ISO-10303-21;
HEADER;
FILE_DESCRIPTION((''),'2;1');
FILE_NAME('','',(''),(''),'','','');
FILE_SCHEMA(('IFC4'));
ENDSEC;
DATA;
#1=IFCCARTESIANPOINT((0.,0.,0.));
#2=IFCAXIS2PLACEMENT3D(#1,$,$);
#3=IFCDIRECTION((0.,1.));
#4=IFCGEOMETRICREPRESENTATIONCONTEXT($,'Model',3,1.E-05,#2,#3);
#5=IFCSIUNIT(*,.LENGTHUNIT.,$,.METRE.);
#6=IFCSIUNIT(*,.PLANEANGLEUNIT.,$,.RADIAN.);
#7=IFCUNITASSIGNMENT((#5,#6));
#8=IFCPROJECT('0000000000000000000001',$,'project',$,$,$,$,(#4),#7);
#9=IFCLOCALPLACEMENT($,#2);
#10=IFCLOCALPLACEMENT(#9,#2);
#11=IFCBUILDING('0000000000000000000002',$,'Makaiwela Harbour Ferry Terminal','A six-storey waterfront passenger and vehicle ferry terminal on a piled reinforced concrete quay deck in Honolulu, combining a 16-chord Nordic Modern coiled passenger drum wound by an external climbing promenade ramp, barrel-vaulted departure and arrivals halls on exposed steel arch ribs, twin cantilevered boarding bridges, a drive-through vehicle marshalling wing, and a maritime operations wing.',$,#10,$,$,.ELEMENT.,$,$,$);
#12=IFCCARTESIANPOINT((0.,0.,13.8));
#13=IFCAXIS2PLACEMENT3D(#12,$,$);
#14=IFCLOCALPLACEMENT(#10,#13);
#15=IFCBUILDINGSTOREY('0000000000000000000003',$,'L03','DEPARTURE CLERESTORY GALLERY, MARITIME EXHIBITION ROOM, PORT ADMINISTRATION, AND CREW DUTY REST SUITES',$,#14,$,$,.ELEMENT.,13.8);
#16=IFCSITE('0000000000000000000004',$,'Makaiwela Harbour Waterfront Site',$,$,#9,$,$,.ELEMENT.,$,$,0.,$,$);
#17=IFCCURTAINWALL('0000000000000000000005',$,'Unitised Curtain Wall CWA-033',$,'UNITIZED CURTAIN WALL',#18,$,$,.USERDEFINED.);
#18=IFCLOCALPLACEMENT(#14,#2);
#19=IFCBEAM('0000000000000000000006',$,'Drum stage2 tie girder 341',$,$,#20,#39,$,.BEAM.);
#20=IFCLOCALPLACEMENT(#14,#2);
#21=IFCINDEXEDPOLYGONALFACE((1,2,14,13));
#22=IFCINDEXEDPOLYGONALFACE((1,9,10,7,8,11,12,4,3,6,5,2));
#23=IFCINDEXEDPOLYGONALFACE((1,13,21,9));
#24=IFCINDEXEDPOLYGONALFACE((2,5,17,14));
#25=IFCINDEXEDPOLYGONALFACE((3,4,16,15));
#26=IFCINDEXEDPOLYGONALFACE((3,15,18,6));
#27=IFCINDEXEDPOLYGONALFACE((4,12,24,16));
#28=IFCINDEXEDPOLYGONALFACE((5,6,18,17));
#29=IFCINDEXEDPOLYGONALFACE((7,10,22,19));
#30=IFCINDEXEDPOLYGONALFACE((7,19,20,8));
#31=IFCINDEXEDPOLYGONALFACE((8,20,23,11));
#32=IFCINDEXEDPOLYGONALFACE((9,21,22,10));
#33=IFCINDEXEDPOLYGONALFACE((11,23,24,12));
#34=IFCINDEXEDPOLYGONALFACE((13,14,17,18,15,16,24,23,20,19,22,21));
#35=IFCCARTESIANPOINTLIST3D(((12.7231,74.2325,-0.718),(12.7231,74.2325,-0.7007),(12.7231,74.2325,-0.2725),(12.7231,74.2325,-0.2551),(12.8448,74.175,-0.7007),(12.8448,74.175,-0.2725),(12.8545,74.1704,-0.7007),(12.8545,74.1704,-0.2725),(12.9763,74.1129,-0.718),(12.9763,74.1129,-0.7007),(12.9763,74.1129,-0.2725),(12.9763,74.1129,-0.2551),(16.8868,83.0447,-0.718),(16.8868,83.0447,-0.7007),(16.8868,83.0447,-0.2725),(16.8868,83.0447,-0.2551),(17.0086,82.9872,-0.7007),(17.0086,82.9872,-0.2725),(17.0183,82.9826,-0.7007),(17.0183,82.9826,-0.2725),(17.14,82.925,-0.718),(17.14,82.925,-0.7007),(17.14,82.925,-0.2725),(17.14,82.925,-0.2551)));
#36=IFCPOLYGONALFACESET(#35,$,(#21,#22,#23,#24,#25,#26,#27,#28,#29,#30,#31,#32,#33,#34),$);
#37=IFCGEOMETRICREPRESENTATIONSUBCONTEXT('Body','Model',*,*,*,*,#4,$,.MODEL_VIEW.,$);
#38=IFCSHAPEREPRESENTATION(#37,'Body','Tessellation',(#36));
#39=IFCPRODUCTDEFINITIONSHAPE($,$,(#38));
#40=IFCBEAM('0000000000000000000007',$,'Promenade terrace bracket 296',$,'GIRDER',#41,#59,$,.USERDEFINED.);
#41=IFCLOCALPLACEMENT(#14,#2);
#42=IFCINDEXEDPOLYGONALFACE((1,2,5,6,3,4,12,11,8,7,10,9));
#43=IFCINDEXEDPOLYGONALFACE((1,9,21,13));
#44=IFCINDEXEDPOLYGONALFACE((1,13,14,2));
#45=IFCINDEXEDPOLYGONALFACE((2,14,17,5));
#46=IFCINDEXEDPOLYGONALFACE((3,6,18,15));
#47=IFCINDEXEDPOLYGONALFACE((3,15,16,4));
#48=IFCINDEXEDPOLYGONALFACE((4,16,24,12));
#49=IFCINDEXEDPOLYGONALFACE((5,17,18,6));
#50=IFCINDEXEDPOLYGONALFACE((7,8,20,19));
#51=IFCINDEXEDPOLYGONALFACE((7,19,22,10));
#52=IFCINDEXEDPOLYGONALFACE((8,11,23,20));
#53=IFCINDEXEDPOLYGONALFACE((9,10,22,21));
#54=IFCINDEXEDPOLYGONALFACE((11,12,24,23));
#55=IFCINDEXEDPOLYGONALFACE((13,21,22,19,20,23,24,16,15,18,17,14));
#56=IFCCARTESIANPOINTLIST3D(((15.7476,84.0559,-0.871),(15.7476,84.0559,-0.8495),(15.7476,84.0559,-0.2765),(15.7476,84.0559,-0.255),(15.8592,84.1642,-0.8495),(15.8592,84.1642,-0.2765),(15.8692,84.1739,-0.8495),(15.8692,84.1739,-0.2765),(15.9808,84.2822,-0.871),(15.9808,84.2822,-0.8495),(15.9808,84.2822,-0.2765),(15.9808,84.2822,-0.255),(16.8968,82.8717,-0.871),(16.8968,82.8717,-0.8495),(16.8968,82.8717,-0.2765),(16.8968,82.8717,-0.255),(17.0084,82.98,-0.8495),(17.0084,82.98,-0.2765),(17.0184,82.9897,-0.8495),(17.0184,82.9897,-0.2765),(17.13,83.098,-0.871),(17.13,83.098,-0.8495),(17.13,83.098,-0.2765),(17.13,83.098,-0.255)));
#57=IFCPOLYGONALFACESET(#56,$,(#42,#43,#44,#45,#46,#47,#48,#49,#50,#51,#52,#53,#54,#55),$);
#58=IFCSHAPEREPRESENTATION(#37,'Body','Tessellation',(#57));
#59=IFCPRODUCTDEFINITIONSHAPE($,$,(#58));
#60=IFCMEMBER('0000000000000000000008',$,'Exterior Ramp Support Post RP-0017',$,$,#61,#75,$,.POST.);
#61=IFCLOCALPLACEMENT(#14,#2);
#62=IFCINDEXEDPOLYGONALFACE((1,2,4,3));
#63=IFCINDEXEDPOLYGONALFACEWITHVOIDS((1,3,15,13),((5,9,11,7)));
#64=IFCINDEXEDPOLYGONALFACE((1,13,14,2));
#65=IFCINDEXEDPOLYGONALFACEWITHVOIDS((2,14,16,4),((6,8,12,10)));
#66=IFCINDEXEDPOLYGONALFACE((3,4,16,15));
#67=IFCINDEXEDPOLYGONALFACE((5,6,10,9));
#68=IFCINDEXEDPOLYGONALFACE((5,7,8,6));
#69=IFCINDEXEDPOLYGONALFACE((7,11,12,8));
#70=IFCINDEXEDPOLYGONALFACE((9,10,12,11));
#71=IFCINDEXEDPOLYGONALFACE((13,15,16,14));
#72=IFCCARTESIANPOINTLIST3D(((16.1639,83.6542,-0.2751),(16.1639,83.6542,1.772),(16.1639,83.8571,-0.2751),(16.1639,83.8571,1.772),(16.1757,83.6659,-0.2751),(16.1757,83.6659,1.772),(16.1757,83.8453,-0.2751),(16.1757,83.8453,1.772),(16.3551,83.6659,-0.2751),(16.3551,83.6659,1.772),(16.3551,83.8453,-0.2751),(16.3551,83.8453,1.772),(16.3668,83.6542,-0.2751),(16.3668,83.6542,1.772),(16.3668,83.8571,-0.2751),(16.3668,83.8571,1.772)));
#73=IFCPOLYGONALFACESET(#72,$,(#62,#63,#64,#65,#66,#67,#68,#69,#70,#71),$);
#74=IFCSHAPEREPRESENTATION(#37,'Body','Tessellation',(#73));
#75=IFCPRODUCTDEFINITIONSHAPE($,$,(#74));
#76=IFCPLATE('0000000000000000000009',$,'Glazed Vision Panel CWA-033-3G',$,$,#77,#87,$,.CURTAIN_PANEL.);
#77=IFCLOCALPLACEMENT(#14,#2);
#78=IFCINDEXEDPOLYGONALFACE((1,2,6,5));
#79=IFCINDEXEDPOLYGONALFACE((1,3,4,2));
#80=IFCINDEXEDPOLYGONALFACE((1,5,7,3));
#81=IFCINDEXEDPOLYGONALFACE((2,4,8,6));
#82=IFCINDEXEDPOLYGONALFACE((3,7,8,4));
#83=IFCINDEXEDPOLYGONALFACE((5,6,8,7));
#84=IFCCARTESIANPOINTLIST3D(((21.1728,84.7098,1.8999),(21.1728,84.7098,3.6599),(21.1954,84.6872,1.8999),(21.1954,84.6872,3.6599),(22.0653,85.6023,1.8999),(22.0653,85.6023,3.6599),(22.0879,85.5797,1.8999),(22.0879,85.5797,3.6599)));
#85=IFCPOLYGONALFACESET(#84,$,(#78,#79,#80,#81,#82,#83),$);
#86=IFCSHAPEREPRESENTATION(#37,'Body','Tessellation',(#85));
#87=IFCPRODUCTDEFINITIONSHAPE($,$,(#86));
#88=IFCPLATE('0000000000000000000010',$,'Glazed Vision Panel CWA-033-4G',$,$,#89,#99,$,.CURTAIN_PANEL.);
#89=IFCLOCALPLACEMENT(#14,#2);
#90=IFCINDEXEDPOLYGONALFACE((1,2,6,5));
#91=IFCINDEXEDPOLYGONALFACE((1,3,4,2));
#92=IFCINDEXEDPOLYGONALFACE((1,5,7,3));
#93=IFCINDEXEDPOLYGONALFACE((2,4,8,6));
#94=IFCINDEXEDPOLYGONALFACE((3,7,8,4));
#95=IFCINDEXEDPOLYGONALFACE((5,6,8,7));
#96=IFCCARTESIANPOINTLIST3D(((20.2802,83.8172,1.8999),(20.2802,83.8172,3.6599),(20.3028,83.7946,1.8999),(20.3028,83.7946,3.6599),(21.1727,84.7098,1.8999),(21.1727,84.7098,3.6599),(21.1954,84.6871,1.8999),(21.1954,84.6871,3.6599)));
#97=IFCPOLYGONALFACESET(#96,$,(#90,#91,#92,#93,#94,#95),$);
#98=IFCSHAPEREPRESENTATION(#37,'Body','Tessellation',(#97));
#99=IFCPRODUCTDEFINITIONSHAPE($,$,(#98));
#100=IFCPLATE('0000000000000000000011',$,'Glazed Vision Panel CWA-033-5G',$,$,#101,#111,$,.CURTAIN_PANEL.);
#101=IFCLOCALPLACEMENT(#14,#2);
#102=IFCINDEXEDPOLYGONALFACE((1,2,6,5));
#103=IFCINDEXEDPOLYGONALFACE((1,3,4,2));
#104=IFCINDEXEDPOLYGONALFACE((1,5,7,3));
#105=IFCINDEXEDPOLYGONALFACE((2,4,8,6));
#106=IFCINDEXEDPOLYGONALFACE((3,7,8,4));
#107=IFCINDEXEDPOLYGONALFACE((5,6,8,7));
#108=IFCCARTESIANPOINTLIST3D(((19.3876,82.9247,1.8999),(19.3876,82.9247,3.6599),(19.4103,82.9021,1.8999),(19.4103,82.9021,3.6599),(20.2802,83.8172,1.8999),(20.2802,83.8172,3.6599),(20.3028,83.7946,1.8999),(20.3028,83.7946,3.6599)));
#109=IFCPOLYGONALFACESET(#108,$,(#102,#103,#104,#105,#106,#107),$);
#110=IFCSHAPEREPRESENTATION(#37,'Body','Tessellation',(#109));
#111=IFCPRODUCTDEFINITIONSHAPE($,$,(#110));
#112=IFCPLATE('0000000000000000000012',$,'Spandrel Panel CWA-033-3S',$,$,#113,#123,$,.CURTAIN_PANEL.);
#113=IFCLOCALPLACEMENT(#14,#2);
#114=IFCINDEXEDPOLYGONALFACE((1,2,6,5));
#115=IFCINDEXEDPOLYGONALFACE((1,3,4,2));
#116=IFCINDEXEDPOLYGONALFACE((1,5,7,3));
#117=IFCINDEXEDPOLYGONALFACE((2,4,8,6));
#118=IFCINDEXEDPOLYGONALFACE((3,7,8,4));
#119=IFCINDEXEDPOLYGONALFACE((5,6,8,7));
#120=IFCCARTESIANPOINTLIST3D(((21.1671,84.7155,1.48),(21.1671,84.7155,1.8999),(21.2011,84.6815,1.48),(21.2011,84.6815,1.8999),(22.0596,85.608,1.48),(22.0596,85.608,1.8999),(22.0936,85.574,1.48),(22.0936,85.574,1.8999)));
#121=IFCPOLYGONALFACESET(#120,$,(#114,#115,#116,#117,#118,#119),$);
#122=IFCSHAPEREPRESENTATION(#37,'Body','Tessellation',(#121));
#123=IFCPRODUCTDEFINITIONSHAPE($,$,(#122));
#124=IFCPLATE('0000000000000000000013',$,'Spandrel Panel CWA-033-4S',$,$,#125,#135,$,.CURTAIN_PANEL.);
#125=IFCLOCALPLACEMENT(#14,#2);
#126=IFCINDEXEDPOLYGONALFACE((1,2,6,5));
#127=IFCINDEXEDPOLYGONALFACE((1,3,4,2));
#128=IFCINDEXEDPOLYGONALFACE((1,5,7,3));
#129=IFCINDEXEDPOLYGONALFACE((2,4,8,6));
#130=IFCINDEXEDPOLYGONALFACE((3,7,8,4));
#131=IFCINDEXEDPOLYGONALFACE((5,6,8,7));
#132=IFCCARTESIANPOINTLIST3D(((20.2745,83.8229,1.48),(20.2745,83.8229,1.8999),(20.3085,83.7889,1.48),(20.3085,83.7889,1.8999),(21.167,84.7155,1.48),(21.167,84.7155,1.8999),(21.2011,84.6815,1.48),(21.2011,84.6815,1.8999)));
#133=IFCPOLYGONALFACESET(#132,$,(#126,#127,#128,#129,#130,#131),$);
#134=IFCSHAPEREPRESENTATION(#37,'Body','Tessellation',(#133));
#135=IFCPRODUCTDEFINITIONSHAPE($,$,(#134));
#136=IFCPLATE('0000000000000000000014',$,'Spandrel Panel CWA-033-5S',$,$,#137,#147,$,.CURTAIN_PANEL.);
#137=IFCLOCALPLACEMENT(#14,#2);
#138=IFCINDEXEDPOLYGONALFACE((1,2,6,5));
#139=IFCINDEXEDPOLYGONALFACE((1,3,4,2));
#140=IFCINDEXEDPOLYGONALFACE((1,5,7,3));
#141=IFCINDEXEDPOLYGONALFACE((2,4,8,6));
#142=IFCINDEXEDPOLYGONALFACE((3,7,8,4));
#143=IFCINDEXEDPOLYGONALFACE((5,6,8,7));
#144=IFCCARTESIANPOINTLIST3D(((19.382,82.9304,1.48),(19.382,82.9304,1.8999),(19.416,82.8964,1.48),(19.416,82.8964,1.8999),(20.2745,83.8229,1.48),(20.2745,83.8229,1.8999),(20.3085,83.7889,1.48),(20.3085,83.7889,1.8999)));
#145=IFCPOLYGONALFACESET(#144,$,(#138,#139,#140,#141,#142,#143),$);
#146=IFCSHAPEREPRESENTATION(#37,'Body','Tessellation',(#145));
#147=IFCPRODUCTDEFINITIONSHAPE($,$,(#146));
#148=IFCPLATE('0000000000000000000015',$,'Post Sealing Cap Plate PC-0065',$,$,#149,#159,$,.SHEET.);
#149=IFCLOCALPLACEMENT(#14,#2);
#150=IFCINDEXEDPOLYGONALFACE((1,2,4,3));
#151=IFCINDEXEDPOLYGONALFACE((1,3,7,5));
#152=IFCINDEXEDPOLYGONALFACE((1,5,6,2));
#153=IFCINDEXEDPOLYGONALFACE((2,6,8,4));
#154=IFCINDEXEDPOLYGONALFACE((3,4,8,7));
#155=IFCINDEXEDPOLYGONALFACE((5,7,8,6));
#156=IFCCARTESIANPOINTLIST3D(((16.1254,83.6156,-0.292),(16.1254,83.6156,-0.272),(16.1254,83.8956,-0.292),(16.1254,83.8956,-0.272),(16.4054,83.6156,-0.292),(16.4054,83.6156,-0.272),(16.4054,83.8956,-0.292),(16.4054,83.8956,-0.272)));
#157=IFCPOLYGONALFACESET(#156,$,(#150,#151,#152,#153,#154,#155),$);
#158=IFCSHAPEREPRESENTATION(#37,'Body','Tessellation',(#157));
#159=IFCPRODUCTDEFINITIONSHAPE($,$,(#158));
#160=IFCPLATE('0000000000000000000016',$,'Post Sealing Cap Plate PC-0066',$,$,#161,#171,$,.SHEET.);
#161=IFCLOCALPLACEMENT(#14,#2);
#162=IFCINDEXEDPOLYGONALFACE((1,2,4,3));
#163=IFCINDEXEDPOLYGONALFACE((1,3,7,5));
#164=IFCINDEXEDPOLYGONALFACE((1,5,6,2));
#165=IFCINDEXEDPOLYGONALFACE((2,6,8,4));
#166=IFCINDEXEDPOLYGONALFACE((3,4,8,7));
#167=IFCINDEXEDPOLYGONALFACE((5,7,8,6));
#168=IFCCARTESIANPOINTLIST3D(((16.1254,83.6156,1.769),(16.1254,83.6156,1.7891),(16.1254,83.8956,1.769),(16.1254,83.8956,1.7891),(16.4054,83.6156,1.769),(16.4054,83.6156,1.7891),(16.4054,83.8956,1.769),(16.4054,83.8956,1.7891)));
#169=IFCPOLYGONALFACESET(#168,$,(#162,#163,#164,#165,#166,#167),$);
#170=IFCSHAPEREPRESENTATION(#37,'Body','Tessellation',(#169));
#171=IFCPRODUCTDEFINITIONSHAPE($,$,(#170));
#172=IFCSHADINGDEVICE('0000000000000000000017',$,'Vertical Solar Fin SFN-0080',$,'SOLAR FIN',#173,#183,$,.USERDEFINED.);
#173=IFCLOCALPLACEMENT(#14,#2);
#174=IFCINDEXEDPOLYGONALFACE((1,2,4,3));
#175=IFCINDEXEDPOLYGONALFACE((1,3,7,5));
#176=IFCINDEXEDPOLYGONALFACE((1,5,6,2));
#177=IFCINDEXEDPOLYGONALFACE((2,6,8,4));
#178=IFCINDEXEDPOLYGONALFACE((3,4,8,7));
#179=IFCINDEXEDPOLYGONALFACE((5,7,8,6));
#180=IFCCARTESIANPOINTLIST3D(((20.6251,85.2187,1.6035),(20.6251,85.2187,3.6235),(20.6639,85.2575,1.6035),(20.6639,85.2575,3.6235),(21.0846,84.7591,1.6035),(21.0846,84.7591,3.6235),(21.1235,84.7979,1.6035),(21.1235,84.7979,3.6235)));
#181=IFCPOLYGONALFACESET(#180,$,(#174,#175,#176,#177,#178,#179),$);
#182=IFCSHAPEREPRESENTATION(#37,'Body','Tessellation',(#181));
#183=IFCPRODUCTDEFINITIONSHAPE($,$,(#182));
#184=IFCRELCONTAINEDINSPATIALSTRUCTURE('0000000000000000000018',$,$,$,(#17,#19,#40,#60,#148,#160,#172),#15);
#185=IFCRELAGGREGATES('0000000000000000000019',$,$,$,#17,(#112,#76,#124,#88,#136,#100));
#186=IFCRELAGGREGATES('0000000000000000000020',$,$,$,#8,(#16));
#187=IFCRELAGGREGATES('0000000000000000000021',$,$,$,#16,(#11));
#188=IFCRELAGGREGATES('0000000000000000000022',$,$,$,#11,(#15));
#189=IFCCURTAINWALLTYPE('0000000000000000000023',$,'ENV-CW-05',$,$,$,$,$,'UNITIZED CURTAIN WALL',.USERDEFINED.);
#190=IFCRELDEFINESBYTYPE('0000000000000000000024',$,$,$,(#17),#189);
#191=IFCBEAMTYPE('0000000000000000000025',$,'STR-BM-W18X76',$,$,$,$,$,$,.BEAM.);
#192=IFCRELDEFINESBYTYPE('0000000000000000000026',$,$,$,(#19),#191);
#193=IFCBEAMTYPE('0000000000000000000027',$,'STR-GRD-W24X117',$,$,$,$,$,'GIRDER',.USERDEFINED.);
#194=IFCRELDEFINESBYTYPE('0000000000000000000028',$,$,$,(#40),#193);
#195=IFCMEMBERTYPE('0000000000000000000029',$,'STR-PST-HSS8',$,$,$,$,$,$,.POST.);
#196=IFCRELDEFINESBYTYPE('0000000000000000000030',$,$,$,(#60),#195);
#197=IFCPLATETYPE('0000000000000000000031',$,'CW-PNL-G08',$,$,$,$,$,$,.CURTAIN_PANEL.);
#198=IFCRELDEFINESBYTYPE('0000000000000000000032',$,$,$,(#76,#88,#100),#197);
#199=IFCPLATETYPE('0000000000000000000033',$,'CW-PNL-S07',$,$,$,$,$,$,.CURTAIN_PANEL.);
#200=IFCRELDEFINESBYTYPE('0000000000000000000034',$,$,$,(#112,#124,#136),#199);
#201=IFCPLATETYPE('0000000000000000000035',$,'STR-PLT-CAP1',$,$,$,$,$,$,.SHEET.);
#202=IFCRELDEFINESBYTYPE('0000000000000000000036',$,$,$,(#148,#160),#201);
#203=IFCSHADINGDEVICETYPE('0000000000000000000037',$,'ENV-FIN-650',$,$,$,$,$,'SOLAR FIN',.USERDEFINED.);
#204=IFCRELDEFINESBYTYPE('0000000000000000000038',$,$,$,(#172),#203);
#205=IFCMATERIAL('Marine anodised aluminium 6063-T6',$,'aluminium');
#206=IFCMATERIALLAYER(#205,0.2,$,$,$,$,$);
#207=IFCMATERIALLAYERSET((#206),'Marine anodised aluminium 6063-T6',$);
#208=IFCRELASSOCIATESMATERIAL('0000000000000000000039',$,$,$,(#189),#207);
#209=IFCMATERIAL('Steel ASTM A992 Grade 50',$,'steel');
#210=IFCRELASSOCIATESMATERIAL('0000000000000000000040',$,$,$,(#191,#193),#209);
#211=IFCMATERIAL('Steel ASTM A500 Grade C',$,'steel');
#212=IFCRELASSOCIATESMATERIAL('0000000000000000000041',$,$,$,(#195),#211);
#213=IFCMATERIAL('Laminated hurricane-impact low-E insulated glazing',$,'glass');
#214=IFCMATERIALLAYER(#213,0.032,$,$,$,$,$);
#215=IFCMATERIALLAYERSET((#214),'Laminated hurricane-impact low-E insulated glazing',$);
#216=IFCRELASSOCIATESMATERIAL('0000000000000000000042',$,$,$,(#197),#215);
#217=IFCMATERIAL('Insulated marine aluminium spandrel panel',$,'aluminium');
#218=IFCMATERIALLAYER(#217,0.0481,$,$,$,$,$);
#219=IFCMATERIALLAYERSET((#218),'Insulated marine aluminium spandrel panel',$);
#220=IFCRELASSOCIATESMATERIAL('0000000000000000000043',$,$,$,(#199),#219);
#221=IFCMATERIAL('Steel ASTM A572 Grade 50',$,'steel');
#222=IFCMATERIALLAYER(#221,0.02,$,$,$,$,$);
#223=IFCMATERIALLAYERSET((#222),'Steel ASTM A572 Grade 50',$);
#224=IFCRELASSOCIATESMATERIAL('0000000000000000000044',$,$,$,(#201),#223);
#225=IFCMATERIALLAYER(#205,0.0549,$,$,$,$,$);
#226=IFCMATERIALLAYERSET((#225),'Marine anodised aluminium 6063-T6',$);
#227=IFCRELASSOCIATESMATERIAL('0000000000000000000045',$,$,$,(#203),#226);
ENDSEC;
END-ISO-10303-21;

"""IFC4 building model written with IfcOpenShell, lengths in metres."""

from ifc_helpers import new_model, si_unit, direction, frame, origin, origin_2d, place, context, subcontext, project, spatial, rectangle, hollow_rectangle, i_section, extrude, material, layer, layer_set, material_profile, profile_set, type_object, element, aggregate, save


model = new_model("IFC4")

# Units and contexts
model_context = context("Model", 3, precision=1e-05, world=origin(), true_north=direction((0.0, 1.0)))
body_context = subcontext(model_context, "Body", "Model", "MODEL_VIEW")
ifc_project = project(units=[si_unit("LENGTHUNIT", "METRE"), si_unit("PLANEANGLEUNIT", "RADIAN")], contexts=[model_context])

# Site, building, storey
site_placement = place(None, origin())
site = spatial("IfcSite", under=ifc_project, at=site_placement, Name="Makaiwela Harbour Waterfront Site", CompositionType="ELEMENT", RefElevation=0.0)
building_placement = place(site_placement, origin())
building = spatial("IfcBuilding", under=site, at=building_placement, Name="Makaiwela Harbour Ferry Terminal", Description="A six-storey waterfront passenger and vehicle ferry terminal on a piled reinforced concrete quay deck in Honolulu, combining a 16-chord Nordic Modern coiled passenger drum wound by an external climbing promenade ramp, barrel-vaulted departure and arrivals halls on exposed steel arch ribs, twin cantilevered boarding bridges, a drive-through vehicle marshalling wing, and a maritime operations wing.", CompositionType="ELEMENT")
storey_placement = place(building_placement, frame((0.0, 0.0, 13.8)))
storey = spatial("IfcBuildingStorey", under=building, at=storey_placement, Name="L03", Description="DEPARTURE CLERESTORY GALLERY, MARITIME EXHIBITION ROOM, PORT ADMINISTRATION, AND CREW DUTY REST SUITES", CompositionType="ELEMENT", Elevation=13.8)

# Curtain wall
ifc_material_1 = material(Name="Marine anodised aluminium 6063-T6", Category="aluminium")
ifc_layer_1 = layer(ifc_material_1, 0.2)
ifc_layer_set_1 = layer_set([ifc_layer_1], Name="Marine anodised aluminium 6063-T6")
curtain_wall_type = type_object("IfcCurtainWallType", Name="ENV-CW-05", ElementType="UNITIZED CURTAIN WALL", PredefinedType="USERDEFINED", material=ifc_layer_set_1)
curtain_wall_placement = place(storey_placement, origin())
curtain_wall = element("IfcCurtainWall", 1, at=curtain_wall_placement, inside=storey, type_object=curtain_wall_type, Name="Unitised Curtain Wall CWA-033", ObjectType="UNITIZED CURTAIN WALL", PredefinedType="USERDEFINED")

# Beams
ifc_material_2 = material(Name="Steel ASTM A992 Grade 50", Category="steel")
ifc_material_profile_1 = material_profile(ifc_material_2, i_section(OverallWidth=0.28, OverallDepth=0.4629, WebThickness=0.0107, FlangeThickness=0.0173, at=origin_2d()), Name="W18X76")
ifc_profile_set_1 = profile_set([ifc_material_profile_1], Name="Steel ASTM A992 Grade 50")
beam_type_1 = type_object("IfcBeamType", Name="STR-BM-W18X76", PredefinedType="BEAM", material=ifc_profile_set_1)
beam_1_placement = place(storey_placement, frame((17.0134, 82.9849, -0.4866), z_axis=(-0.427214, -0.904151, 0.0), x_axis=(0.904151, -0.427214, 0.0)))
element("IfcBeam", 2, at=beam_1_placement, inside=storey, type_object=beam_type_1, Name="Drum stage2 tie girder 341", PredefinedType="BEAM", context=body_context, shape_type="SweptSolid", body=[
    extrude(i_section(OverallWidth=0.28, OverallDepth=0.4629, WebThickness=0.0107, FlangeThickness=0.0173, at=origin_2d()), origin(), (0.0, 0.0, 1.0), 9.7463),
])
ifc_material_profile_2 = material_profile(ifc_material_2, i_section(OverallWidth=0.325, OverallDepth=0.616, WebThickness=0.0139, FlangeThickness=0.0215, at=origin_2d()), Name="W24X117")
ifc_profile_set_2 = profile_set([ifc_material_profile_2], Name="Steel ASTM A992 Grade 50")
beam_type_2 = type_object("IfcBeamType", Name="STR-GRD-W24X117", ElementType="GIRDER", PredefinedType="USERDEFINED", material=ifc_profile_set_2)
beam_2_placement = place(storey_placement, frame((17.0134, 82.9849, -0.563), z_axis=(-0.696448, 0.717607, 0.0), x_axis=(-0.717607, -0.696448, 0.0)))
element("IfcBeam", 3, at=beam_2_placement, inside=storey, type_object=beam_type_2, Name="Promenade terrace bracket 296", ObjectType="GIRDER", PredefinedType="USERDEFINED", context=body_context, shape_type="SweptSolid", body=[
    extrude(i_section(OverallWidth=0.325, OverallDepth=0.616, WebThickness=0.0139, FlangeThickness=0.0215, at=origin_2d()), origin(), (0.0, 0.0, 1.0), 1.6501),
])

# Member
ifc_material_3 = material(Name="Steel ASTM A500 Grade C", Category="steel")
ifc_material_profile_3 = material_profile(ifc_material_3, hollow_rectangle(XDim=0.2029, YDim=0.2029, WallThickness=0.0117, at=origin_2d()), Name="HSS8X8X1/2")
ifc_profile_set_3 = profile_set([ifc_material_profile_3], Name="Steel ASTM A500 Grade C")
member_type_1 = type_object("IfcMemberType", Name="STR-PST-HSS8", PredefinedType="POST", material=ifc_profile_set_3)
member_1_placement = place(storey_placement, frame((16.2654, 83.7556, -0.2751), z_axis=(0.0, 0.0, 1.0), x_axis=(1.0, 0.0, 0.0)))
element("IfcMember", 4, at=member_1_placement, inside=storey, type_object=member_type_1, Name="Exterior Ramp Support Post RP-0017", PredefinedType="POST", context=body_context, shape_type="SweptSolid", body=[
    extrude(hollow_rectangle(XDim=0.2029, YDim=0.2029, WallThickness=0.0117, at=origin_2d()), origin(), (0.0, 0.0, 1.0), 2.0471),
])

# Plates
ifc_material_4 = material(Name="Laminated hurricane-impact low-E insulated glazing", Category="glass")
ifc_layer_2 = layer(ifc_material_4, 0.032)
ifc_layer_set_2 = layer_set([ifc_layer_2], Name="Laminated hurricane-impact low-E insulated glazing")
plate_type_1 = type_object("IfcPlateType", Name="CW-PNL-G08", PredefinedType="CURTAIN_PANEL", material=ifc_layer_set_2)
plate_1_placement = place(storey_placement, frame((21.6304, 85.1448, 1.8999), z_axis=(0.0, 0.0, 1.0), x_axis=(-0.707107, -0.707107, 0.0)))
plate_1 = element("IfcPlate", 5, at=plate_1_placement, type_object=plate_type_1, Name="Glazed Vision Panel CWA-033-3G", PredefinedType="CURTAIN_PANEL", context=body_context, shape_type="SweptSolid", body=[
    extrude(rectangle(XDim=1.2622, YDim=0.032, at=origin_2d()), origin(), (0.0, 0.0, 1.0), 1.76),
])
plate_2_placement = place(storey_placement, frame((20.7378, 84.2522, 1.8999), z_axis=(0.0, 0.0, 1.0), x_axis=(-0.707107, -0.707107, 0.0)))
plate_2 = element("IfcPlate", 6, at=plate_2_placement, type_object=plate_type_1, Name="Glazed Vision Panel CWA-033-4G", PredefinedType="CURTAIN_PANEL", context=body_context, shape_type="SweptSolid", body=[
    extrude(rectangle(XDim=1.2622, YDim=0.032, at=origin_2d()), origin(), (0.0, 0.0, 1.0), 1.76),
])
plate_3_placement = place(storey_placement, frame((19.8452, 83.3596, 1.8999), z_axis=(0.0, 0.0, 1.0), x_axis=(-0.707107, -0.707107, 0.0)))
plate_3 = element("IfcPlate", 7, at=plate_3_placement, type_object=plate_type_1, Name="Glazed Vision Panel CWA-033-5G", PredefinedType="CURTAIN_PANEL", context=body_context, shape_type="SweptSolid", body=[
    extrude(rectangle(XDim=1.2622, YDim=0.032, at=origin_2d()), origin(), (0.0, 0.0, 1.0), 1.76),
])
ifc_material_5 = material(Name="Insulated marine aluminium spandrel panel", Category="aluminium")
ifc_layer_3 = layer(ifc_material_5, 0.0481)
ifc_layer_set_3 = layer_set([ifc_layer_3], Name="Insulated marine aluminium spandrel panel")
plate_type_2 = type_object("IfcPlateType", Name="CW-PNL-S07", PredefinedType="CURTAIN_PANEL", material=ifc_layer_set_3)
plate_4_placement = place(storey_placement, frame((21.6304, 85.1448, 1.48), z_axis=(0.0, 0.0, 1.0), x_axis=(-0.707107, -0.707107, 0.0)))
plate_4 = element("IfcPlate", 8, at=plate_4_placement, type_object=plate_type_2, Name="Spandrel Panel CWA-033-3S", PredefinedType="CURTAIN_PANEL", context=body_context, shape_type="SweptSolid", body=[
    extrude(rectangle(XDim=1.2622, YDim=0.0481, at=origin_2d()), origin(), (0.0, 0.0, 1.0), 0.4199),
])
plate_5_placement = place(storey_placement, frame((20.7378, 84.2522, 1.48), z_axis=(0.0, 0.0, 1.0), x_axis=(-0.707107, -0.707107, 0.0)))
plate_5 = element("IfcPlate", 9, at=plate_5_placement, type_object=plate_type_2, Name="Spandrel Panel CWA-033-4S", PredefinedType="CURTAIN_PANEL", context=body_context, shape_type="SweptSolid", body=[
    extrude(rectangle(XDim=1.2622, YDim=0.0481, at=origin_2d()), origin(), (0.0, 0.0, 1.0), 0.4199),
])
plate_6_placement = place(storey_placement, frame((19.8452, 83.3596, 1.48), z_axis=(0.0, 0.0, 1.0), x_axis=(-0.707107, -0.707107, 0.0)))
plate_6 = element("IfcPlate", 10, at=plate_6_placement, type_object=plate_type_2, Name="Spandrel Panel CWA-033-5S", PredefinedType="CURTAIN_PANEL", context=body_context, shape_type="SweptSolid", body=[
    extrude(rectangle(XDim=1.2622, YDim=0.0481, at=origin_2d()), origin(), (0.0, 0.0, 1.0), 0.4199),
])
aggregate(curtain_wall, [plate_4, plate_1, plate_5, plate_2, plate_6, plate_3])

# Plates
ifc_material_6 = material(Name="Steel ASTM A572 Grade 50", Category="steel")
ifc_layer_4 = layer(ifc_material_6, 0.02)
ifc_layer_set_4 = layer_set([ifc_layer_4], Name="Steel ASTM A572 Grade 50")
plate_type_3 = type_object("IfcPlateType", Name="STR-PLT-CAP1", PredefinedType="SHEET", material=ifc_layer_set_4)
for number, where, z_axis, x_axis, name in (
    (11, (16.2654, 83.7556, -0.292), (0.0, 0.0, 1.0), (1.0, 0.0, 0.0), "Post Sealing Cap Plate PC-0065"),
    (12, (16.2654, 83.7556, 1.769), (0.0, 0.0, 1.0), (1.0, 0.0, 0.0), "Post Sealing Cap Plate PC-0066"),
):
    element("IfcPlate", number, at=place(storey_placement, frame(where, z_axis=z_axis, x_axis=x_axis)), inside=storey, type_object=plate_type_3, Name=name, PredefinedType="SHEET", context=body_context, shape_type="SweptSolid", body=[
        extrude(rectangle(XDim=0.28, YDim=0.28, at=origin_2d()), origin(), (0.0, 0.0, 1.0), 0.02),
    ])

# Shading device
ifc_layer_5 = layer(ifc_material_1, 0.0549)
ifc_layer_set_5 = layer_set([ifc_layer_5], Name="Marine anodised aluminium 6063-T6")
shading_device_type = type_object("IfcShadingDeviceType", Name="ENV-FIN-650", ElementType="SOLAR FIN", PredefinedType="USERDEFINED", material=ifc_layer_set_5)
for number, where, z_axis, x_axis, name in (
    (13, (20.8743, 85.0083, 1.6035), (0.0, 0.0, 1.0), (-0.707107, 0.707107, 0.0), "Vertical Solar Fin SFN-0080"),
):
    element("IfcShadingDevice", number, at=place(storey_placement, frame(where, z_axis=z_axis, x_axis=x_axis)), inside=storey, type_object=shading_device_type, Name=name, ObjectType="SOLAR FIN", PredefinedType="USERDEFINED", context=body_context, shape_type="SweptSolid", body=[
        extrude(rectangle(XDim=0.6499, YDim=0.0549, at=origin_2d()), origin(), (0.0, 0.0, 1.0), 2.02),
    ])

save(model, "model.ifc")
